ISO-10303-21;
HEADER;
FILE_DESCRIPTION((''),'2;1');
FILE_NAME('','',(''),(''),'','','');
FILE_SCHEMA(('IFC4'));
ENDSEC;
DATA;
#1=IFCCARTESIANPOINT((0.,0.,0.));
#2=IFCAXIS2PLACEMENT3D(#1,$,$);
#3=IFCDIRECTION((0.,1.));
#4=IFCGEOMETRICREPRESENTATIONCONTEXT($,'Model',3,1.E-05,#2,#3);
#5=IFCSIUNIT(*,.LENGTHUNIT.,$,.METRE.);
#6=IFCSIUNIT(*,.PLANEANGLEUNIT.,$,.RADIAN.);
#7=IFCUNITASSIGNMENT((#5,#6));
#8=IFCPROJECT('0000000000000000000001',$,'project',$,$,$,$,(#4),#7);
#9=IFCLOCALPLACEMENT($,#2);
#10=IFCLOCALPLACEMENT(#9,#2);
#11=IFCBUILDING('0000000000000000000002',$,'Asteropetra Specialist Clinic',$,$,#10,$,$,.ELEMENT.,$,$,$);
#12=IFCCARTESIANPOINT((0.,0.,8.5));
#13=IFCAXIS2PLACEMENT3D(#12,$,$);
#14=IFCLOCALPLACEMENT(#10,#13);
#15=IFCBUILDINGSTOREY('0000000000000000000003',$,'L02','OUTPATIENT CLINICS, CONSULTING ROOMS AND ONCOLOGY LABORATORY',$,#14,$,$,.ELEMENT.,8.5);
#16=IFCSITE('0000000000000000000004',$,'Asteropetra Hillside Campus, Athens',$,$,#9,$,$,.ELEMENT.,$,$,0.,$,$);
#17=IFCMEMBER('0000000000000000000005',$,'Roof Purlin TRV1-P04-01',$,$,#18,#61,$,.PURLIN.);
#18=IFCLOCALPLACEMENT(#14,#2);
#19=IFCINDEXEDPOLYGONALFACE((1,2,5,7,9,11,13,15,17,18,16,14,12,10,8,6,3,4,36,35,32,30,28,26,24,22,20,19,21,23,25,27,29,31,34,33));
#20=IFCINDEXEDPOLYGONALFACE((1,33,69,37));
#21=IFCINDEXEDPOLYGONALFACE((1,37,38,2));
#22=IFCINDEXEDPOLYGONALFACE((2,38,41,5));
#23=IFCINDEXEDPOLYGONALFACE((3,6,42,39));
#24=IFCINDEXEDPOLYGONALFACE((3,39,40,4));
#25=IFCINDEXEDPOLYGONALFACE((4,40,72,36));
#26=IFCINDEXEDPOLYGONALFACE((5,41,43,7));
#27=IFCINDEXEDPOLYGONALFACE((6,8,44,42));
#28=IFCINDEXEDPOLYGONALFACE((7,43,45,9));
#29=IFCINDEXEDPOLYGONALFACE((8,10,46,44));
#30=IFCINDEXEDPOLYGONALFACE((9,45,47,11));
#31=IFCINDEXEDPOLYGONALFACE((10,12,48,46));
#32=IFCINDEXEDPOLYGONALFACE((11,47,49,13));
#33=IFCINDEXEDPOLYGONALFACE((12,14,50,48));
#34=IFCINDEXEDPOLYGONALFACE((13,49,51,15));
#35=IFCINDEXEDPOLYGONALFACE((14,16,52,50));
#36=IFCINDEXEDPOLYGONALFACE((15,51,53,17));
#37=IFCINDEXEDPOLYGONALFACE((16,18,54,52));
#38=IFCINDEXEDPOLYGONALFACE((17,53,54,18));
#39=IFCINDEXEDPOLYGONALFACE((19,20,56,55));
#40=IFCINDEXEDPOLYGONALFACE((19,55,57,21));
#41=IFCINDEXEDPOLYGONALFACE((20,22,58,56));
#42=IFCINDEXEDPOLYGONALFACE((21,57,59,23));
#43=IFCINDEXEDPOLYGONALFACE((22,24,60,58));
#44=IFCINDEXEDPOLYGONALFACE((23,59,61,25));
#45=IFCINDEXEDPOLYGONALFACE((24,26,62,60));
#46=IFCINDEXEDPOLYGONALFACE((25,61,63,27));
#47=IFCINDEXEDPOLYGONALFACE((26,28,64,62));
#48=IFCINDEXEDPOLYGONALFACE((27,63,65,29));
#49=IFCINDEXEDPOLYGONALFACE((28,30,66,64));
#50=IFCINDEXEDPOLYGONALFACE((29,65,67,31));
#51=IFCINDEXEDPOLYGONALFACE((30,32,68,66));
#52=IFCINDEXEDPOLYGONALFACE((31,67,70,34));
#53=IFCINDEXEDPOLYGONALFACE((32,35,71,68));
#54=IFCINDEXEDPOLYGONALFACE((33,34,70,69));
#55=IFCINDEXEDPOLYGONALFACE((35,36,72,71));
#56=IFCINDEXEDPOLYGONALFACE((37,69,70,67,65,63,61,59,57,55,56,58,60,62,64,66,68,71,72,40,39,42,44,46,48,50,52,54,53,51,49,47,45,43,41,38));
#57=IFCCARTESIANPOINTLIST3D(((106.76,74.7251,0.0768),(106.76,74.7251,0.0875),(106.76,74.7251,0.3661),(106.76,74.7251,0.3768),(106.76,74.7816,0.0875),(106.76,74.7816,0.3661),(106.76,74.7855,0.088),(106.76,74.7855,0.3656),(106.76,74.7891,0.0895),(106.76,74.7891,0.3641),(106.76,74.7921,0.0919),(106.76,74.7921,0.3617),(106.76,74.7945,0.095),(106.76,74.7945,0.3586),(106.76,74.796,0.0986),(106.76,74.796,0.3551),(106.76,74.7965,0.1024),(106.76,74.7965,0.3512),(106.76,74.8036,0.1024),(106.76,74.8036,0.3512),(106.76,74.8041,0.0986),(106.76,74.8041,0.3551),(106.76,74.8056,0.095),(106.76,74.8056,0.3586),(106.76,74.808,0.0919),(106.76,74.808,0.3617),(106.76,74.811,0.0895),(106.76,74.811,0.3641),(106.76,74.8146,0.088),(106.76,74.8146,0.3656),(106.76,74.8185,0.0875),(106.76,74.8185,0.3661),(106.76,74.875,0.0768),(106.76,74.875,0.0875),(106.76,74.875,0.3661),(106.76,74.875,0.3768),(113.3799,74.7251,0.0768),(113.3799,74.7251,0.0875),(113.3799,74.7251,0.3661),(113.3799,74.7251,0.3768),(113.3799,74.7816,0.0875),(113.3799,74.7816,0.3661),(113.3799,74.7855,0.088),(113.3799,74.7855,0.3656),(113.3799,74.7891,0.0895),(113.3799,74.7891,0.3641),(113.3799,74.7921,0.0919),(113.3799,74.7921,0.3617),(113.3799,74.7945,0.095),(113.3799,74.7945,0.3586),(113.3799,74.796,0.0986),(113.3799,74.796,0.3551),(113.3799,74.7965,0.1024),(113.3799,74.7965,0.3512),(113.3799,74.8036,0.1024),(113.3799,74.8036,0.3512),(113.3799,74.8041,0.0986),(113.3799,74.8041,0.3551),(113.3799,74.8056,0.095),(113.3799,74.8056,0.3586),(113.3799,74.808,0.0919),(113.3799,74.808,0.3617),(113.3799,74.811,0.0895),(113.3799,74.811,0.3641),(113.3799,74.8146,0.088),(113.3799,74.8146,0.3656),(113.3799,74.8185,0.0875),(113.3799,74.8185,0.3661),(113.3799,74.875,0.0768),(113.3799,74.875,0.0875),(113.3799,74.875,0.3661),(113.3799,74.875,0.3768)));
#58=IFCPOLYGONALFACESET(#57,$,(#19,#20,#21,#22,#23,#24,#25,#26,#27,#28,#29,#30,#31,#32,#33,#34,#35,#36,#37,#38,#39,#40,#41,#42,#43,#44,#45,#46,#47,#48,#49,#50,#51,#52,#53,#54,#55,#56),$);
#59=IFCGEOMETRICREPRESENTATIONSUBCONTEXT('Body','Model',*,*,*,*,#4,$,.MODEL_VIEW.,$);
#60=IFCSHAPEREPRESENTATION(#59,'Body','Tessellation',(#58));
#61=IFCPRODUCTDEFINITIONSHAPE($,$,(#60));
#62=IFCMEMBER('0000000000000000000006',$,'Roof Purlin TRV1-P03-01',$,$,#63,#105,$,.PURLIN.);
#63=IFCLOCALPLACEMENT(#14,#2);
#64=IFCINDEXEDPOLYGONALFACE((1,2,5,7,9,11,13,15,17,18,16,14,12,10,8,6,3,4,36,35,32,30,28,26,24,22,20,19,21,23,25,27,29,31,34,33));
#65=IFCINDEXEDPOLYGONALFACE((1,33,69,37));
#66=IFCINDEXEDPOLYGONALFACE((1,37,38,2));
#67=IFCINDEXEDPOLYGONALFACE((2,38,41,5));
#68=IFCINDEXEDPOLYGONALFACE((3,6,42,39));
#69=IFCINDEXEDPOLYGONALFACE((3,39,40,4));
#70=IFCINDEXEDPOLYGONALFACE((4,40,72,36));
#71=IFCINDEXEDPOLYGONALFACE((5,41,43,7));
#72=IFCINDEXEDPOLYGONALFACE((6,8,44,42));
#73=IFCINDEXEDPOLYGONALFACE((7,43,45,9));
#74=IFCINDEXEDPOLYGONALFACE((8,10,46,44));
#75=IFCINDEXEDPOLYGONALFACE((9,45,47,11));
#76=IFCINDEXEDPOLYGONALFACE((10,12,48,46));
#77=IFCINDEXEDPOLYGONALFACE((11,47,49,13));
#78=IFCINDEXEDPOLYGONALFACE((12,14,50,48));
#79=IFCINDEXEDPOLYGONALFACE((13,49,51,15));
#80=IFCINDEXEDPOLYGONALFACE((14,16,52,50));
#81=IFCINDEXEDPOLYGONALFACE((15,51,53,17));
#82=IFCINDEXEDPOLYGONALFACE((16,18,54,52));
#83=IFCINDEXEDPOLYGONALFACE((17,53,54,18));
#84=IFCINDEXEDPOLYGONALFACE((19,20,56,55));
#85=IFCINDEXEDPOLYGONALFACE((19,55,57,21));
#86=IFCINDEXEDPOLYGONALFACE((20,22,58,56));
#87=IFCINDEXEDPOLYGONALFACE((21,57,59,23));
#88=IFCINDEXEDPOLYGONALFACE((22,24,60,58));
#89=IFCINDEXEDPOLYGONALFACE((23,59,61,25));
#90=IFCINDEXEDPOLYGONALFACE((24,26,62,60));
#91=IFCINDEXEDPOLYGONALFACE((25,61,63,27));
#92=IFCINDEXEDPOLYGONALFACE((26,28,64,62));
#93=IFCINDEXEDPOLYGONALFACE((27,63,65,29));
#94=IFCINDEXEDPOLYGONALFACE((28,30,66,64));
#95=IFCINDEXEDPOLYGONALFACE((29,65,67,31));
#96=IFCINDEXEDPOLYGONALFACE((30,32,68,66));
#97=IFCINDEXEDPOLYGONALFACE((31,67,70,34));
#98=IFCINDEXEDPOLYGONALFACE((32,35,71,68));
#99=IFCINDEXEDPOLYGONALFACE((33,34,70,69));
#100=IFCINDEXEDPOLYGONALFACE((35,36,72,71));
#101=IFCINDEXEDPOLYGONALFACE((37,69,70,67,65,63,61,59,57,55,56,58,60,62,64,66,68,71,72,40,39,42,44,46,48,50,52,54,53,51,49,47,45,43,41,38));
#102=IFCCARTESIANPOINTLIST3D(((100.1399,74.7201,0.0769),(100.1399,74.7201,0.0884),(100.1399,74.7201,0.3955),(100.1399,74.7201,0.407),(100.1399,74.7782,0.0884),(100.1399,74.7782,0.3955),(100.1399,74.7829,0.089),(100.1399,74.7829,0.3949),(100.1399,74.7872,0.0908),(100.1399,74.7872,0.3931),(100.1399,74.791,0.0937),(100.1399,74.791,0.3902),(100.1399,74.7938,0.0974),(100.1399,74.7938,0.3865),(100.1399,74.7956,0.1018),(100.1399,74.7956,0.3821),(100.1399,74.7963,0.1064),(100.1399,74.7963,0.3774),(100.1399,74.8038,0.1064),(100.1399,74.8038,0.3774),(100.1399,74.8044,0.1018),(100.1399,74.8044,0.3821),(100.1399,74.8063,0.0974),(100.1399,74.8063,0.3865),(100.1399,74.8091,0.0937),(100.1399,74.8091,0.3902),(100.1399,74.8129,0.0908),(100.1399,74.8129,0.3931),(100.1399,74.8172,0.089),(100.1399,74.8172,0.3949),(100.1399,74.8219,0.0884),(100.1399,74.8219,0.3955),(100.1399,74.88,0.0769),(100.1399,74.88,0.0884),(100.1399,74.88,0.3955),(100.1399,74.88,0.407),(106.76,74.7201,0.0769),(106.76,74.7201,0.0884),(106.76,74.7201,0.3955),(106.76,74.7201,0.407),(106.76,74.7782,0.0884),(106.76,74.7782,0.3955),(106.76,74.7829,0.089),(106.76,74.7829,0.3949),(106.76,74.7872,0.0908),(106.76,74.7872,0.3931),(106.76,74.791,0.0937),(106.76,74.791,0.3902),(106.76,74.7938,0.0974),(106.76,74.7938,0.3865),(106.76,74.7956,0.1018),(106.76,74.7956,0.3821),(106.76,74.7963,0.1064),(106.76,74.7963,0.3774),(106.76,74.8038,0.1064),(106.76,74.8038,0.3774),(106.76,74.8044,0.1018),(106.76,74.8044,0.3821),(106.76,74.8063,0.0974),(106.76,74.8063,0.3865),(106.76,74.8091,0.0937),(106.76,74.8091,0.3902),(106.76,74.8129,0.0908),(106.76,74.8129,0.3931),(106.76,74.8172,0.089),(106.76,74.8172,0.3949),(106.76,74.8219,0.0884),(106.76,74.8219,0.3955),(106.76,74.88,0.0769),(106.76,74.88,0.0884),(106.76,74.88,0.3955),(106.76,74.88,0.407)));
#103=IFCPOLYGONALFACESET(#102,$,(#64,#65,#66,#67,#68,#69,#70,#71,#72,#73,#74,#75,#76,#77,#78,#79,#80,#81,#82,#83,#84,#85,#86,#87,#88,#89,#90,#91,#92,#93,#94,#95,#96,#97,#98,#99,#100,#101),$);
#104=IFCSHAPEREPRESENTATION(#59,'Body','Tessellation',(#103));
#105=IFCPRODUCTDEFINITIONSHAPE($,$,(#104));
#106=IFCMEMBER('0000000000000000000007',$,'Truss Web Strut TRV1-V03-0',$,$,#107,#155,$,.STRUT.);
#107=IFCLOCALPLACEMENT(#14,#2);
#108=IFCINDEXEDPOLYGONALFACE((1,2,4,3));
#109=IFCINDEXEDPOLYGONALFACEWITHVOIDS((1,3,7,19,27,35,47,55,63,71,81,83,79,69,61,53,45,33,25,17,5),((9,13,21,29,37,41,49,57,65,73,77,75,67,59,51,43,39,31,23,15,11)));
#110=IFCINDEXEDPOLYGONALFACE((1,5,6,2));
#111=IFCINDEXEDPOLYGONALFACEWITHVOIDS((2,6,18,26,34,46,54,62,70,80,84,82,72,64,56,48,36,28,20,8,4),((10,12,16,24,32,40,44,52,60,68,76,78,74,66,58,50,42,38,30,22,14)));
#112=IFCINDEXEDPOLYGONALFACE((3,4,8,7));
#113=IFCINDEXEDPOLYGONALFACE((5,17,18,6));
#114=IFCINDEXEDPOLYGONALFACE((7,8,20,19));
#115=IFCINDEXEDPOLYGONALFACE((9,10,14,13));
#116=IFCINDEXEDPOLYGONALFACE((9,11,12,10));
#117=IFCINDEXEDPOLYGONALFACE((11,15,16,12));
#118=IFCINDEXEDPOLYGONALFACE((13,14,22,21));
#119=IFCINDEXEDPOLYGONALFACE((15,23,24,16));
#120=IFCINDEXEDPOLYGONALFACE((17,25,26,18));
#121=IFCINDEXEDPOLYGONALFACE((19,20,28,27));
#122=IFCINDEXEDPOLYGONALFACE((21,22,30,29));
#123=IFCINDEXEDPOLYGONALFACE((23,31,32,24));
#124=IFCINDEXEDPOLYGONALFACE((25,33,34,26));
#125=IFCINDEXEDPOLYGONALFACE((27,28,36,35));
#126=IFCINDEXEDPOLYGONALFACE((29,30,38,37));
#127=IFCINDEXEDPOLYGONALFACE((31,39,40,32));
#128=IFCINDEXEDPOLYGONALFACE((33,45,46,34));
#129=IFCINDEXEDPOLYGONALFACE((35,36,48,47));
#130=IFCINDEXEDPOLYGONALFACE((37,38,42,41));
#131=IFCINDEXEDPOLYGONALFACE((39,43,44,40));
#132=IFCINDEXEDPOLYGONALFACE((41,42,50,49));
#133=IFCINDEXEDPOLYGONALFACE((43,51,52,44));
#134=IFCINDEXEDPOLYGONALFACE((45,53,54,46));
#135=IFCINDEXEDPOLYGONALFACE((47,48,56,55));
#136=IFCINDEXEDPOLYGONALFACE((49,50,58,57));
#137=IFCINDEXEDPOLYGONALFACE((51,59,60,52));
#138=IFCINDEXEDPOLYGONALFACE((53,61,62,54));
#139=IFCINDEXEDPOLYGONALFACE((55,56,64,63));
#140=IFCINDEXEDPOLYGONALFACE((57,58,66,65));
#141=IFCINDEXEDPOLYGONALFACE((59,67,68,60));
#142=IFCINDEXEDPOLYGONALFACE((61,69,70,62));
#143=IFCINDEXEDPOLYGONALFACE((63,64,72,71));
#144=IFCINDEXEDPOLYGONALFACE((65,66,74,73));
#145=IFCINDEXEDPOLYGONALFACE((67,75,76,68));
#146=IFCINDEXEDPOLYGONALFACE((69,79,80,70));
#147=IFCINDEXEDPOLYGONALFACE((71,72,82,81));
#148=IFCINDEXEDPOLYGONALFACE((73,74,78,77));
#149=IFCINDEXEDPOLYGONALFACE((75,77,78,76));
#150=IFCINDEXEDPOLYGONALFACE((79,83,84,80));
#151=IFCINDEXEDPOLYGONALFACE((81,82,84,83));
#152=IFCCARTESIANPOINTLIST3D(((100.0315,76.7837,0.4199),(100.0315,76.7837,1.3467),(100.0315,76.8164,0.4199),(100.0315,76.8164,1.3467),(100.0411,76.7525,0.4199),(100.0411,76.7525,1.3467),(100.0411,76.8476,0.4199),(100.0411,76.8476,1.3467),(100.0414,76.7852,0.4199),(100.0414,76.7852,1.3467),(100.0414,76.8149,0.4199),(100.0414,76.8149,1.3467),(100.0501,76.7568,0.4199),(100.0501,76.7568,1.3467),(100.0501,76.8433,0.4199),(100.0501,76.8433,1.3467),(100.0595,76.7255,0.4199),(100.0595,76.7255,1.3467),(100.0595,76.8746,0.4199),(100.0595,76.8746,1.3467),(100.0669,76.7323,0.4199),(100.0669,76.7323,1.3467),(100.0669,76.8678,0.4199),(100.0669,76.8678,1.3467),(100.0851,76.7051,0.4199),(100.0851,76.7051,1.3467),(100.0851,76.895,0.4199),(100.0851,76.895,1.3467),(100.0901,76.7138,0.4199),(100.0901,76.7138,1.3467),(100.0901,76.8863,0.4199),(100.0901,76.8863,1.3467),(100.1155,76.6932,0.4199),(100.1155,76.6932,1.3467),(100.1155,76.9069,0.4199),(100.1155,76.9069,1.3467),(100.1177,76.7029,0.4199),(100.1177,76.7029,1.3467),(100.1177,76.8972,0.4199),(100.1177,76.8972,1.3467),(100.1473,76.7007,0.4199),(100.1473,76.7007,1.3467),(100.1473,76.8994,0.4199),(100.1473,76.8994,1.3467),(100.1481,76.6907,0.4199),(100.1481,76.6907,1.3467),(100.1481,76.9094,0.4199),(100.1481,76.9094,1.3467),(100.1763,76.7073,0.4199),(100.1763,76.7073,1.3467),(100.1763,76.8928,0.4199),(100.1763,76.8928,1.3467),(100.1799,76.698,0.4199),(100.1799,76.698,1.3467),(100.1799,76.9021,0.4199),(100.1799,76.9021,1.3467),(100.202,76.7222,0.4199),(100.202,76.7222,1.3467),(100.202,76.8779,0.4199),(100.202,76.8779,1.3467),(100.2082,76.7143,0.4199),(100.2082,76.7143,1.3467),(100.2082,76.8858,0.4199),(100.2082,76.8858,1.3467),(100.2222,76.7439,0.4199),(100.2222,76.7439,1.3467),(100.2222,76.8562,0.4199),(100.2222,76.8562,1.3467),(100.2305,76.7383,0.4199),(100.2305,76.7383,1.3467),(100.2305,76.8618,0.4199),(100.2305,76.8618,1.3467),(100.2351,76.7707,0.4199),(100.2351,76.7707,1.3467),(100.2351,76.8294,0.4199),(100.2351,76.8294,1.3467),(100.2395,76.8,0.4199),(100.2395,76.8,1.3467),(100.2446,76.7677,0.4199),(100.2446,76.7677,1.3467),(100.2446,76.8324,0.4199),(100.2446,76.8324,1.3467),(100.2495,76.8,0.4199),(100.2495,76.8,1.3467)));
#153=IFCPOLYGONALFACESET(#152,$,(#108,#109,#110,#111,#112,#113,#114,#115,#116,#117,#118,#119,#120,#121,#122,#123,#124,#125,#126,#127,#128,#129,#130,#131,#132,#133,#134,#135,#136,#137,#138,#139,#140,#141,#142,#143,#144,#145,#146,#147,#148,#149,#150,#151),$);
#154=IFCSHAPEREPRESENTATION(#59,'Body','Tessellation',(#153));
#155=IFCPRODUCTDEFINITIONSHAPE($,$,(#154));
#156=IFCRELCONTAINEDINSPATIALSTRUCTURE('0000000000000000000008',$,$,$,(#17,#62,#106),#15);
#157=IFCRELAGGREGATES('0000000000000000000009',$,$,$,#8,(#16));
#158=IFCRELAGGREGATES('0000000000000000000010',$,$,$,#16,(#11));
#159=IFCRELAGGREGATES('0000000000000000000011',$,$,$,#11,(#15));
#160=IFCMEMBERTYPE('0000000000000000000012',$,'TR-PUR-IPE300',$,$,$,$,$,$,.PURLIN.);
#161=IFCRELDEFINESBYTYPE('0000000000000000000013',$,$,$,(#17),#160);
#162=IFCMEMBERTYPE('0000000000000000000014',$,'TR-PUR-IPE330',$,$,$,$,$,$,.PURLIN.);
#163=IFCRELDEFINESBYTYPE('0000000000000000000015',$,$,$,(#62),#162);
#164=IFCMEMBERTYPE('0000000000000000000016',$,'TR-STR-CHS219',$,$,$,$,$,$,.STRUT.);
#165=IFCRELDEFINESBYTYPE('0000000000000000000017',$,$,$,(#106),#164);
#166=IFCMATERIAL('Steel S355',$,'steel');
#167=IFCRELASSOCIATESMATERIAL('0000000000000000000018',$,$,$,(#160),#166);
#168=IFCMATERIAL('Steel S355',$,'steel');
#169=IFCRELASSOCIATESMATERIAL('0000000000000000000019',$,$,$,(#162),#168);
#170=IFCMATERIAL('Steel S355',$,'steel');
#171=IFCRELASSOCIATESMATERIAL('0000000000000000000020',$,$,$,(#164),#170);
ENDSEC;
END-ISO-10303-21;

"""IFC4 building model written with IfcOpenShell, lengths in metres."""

from ifc_helpers import new_model, si_unit, direction, frame, origin, origin_2d, place, context, subcontext, project, spatial, hollow_circle, i_section, extrude, material, material_profile, profile_set, type_object, element, save


model = new_model("IFC4")

# Units and contexts
model_context = context("Model", 3, precision=1e-05, world=origin(), true_north=direction((0.0, 1.0)))
body_context = subcontext(model_context, "Body", "Model", "MODEL_VIEW")
ifc_project = project(units=[si_unit("LENGTHUNIT", "METRE"), si_unit("PLANEANGLEUNIT", "RADIAN")], contexts=[model_context])

# Site, building, storey
site_placement = place(None, origin())
site = spatial("IfcSite", under=ifc_project, at=site_placement, Name="Asteropetra Hillside Campus, Athens", CompositionType="ELEMENT", RefElevation=0.0)
building_placement = place(site_placement, origin())
building = spatial("IfcBuilding", under=site, at=building_placement, Name="Asteropetra Specialist Clinic", CompositionType="ELEMENT")
storey_placement = place(building_placement, frame((0.0, 0.0, 8.5)))
storey = spatial("IfcBuildingStorey", under=building, at=storey_placement, Name="L02", Description="OUTPATIENT CLINICS, CONSULTING ROOMS AND ONCOLOGY LABORATORY", CompositionType="ELEMENT", Elevation=8.5)

# Members
ifc_material_1 = material(Name="Steel S355", Category="steel")
ifc_material_profile_1 = material_profile(ifc_material_1, i_section(OverallWidth=0.1499, OverallDepth=0.3, WebThickness=0.0071, FlangeThickness=0.0107, FilletRadius=0.0149, at=origin_2d()), Name="IPE 300")
ifc_profile_set_1 = profile_set([ifc_material_profile_1], Name="Steel S355")
member_type_1 = type_object("IfcMemberType", Name="TR-PUR-IPE300", PredefinedType="PURLIN", material=ifc_profile_set_1)
member_1_placement = place(storey_placement, frame((106.76, 74.8, 0.2268), z_axis=(1.0, 0.0, 0.0), x_axis=(0.0, 1.0, 0.0)))
element("IfcMember", 1, at=member_1_placement, inside=storey, type_object=member_type_1, Name="Roof Purlin TRV1-P04-01", PredefinedType="PURLIN", context=body_context, shape_type="SweptSolid", body=[
    extrude(i_section(OverallWidth=0.1499, OverallDepth=0.3, WebThickness=0.0071, FlangeThickness=0.0107, FilletRadius=0.0149, at=origin_2d()), origin(), (0.0, 0.0, 1.0), 6.6199),
])
ifc_material_2 = material(Name="Steel S355", Category="steel")
ifc_material_profile_2 = material_profile(ifc_material_2, i_section(OverallWidth=0.1599, OverallDepth=0.3301, WebThickness=0.0076, FlangeThickness=0.0115, FilletRadius=0.0181, at=origin_2d()), Name="IPE 330")
ifc_profile_set_2 = profile_set([ifc_material_profile_2], Name="Steel S355")
member_type_2 = type_object("IfcMemberType", Name="TR-PUR-IPE330", PredefinedType="PURLIN", material=ifc_profile_set_2)
member_2_placement = place(storey_placement, frame((100.1399, 74.8, 0.2419), z_axis=(1.0, 0.0, 0.0), x_axis=(0.0, 1.0, 0.0)))
element("IfcMember", 2, at=member_2_placement, inside=storey, type_object=member_type_2, Name="Roof Purlin TRV1-P03-01", PredefinedType="PURLIN", context=body_context, shape_type="SweptSolid", body=[
    extrude(i_section(OverallWidth=0.1599, OverallDepth=0.3301, WebThickness=0.0076, FlangeThickness=0.0115, FilletRadius=0.0181, at=origin_2d()), origin(), (0.0, 0.0, 1.0), 6.6201),
])
ifc_material_3 = material(Name="Steel S355", Category="steel")
ifc_material_profile_3 = material_profile(ifc_material_3, hollow_circle(Radius=0.1096, WallThickness=0.01, at=origin_2d()), Name="CHS 219.1x10.0")
ifc_profile_set_3 = profile_set([ifc_material_profile_3], Name="Steel S355")
member_type_3 = type_object("IfcMemberType", Name="TR-STR-CHS219", PredefinedType="STRUT", material=ifc_profile_set_3)
member_3_placement = place(storey_placement, frame((100.1399, 76.8, 0.4199), z_axis=(0.0, 0.0, 1.0), x_axis=(1.0, 0.0, 0.0)))
element("IfcMember", 3, at=member_3_placement, inside=storey, type_object=member_type_3, Name="Truss Web Strut TRV1-V03-0", PredefinedType="STRUT", context=body_context, shape_type="SweptSolid", body=[
    extrude(hollow_circle(Radius=0.1096, WallThickness=0.01, at=origin_2d()), origin(), (0.0, 0.0, 1.0), 0.9268),
])

save(model, "model.ifc")
